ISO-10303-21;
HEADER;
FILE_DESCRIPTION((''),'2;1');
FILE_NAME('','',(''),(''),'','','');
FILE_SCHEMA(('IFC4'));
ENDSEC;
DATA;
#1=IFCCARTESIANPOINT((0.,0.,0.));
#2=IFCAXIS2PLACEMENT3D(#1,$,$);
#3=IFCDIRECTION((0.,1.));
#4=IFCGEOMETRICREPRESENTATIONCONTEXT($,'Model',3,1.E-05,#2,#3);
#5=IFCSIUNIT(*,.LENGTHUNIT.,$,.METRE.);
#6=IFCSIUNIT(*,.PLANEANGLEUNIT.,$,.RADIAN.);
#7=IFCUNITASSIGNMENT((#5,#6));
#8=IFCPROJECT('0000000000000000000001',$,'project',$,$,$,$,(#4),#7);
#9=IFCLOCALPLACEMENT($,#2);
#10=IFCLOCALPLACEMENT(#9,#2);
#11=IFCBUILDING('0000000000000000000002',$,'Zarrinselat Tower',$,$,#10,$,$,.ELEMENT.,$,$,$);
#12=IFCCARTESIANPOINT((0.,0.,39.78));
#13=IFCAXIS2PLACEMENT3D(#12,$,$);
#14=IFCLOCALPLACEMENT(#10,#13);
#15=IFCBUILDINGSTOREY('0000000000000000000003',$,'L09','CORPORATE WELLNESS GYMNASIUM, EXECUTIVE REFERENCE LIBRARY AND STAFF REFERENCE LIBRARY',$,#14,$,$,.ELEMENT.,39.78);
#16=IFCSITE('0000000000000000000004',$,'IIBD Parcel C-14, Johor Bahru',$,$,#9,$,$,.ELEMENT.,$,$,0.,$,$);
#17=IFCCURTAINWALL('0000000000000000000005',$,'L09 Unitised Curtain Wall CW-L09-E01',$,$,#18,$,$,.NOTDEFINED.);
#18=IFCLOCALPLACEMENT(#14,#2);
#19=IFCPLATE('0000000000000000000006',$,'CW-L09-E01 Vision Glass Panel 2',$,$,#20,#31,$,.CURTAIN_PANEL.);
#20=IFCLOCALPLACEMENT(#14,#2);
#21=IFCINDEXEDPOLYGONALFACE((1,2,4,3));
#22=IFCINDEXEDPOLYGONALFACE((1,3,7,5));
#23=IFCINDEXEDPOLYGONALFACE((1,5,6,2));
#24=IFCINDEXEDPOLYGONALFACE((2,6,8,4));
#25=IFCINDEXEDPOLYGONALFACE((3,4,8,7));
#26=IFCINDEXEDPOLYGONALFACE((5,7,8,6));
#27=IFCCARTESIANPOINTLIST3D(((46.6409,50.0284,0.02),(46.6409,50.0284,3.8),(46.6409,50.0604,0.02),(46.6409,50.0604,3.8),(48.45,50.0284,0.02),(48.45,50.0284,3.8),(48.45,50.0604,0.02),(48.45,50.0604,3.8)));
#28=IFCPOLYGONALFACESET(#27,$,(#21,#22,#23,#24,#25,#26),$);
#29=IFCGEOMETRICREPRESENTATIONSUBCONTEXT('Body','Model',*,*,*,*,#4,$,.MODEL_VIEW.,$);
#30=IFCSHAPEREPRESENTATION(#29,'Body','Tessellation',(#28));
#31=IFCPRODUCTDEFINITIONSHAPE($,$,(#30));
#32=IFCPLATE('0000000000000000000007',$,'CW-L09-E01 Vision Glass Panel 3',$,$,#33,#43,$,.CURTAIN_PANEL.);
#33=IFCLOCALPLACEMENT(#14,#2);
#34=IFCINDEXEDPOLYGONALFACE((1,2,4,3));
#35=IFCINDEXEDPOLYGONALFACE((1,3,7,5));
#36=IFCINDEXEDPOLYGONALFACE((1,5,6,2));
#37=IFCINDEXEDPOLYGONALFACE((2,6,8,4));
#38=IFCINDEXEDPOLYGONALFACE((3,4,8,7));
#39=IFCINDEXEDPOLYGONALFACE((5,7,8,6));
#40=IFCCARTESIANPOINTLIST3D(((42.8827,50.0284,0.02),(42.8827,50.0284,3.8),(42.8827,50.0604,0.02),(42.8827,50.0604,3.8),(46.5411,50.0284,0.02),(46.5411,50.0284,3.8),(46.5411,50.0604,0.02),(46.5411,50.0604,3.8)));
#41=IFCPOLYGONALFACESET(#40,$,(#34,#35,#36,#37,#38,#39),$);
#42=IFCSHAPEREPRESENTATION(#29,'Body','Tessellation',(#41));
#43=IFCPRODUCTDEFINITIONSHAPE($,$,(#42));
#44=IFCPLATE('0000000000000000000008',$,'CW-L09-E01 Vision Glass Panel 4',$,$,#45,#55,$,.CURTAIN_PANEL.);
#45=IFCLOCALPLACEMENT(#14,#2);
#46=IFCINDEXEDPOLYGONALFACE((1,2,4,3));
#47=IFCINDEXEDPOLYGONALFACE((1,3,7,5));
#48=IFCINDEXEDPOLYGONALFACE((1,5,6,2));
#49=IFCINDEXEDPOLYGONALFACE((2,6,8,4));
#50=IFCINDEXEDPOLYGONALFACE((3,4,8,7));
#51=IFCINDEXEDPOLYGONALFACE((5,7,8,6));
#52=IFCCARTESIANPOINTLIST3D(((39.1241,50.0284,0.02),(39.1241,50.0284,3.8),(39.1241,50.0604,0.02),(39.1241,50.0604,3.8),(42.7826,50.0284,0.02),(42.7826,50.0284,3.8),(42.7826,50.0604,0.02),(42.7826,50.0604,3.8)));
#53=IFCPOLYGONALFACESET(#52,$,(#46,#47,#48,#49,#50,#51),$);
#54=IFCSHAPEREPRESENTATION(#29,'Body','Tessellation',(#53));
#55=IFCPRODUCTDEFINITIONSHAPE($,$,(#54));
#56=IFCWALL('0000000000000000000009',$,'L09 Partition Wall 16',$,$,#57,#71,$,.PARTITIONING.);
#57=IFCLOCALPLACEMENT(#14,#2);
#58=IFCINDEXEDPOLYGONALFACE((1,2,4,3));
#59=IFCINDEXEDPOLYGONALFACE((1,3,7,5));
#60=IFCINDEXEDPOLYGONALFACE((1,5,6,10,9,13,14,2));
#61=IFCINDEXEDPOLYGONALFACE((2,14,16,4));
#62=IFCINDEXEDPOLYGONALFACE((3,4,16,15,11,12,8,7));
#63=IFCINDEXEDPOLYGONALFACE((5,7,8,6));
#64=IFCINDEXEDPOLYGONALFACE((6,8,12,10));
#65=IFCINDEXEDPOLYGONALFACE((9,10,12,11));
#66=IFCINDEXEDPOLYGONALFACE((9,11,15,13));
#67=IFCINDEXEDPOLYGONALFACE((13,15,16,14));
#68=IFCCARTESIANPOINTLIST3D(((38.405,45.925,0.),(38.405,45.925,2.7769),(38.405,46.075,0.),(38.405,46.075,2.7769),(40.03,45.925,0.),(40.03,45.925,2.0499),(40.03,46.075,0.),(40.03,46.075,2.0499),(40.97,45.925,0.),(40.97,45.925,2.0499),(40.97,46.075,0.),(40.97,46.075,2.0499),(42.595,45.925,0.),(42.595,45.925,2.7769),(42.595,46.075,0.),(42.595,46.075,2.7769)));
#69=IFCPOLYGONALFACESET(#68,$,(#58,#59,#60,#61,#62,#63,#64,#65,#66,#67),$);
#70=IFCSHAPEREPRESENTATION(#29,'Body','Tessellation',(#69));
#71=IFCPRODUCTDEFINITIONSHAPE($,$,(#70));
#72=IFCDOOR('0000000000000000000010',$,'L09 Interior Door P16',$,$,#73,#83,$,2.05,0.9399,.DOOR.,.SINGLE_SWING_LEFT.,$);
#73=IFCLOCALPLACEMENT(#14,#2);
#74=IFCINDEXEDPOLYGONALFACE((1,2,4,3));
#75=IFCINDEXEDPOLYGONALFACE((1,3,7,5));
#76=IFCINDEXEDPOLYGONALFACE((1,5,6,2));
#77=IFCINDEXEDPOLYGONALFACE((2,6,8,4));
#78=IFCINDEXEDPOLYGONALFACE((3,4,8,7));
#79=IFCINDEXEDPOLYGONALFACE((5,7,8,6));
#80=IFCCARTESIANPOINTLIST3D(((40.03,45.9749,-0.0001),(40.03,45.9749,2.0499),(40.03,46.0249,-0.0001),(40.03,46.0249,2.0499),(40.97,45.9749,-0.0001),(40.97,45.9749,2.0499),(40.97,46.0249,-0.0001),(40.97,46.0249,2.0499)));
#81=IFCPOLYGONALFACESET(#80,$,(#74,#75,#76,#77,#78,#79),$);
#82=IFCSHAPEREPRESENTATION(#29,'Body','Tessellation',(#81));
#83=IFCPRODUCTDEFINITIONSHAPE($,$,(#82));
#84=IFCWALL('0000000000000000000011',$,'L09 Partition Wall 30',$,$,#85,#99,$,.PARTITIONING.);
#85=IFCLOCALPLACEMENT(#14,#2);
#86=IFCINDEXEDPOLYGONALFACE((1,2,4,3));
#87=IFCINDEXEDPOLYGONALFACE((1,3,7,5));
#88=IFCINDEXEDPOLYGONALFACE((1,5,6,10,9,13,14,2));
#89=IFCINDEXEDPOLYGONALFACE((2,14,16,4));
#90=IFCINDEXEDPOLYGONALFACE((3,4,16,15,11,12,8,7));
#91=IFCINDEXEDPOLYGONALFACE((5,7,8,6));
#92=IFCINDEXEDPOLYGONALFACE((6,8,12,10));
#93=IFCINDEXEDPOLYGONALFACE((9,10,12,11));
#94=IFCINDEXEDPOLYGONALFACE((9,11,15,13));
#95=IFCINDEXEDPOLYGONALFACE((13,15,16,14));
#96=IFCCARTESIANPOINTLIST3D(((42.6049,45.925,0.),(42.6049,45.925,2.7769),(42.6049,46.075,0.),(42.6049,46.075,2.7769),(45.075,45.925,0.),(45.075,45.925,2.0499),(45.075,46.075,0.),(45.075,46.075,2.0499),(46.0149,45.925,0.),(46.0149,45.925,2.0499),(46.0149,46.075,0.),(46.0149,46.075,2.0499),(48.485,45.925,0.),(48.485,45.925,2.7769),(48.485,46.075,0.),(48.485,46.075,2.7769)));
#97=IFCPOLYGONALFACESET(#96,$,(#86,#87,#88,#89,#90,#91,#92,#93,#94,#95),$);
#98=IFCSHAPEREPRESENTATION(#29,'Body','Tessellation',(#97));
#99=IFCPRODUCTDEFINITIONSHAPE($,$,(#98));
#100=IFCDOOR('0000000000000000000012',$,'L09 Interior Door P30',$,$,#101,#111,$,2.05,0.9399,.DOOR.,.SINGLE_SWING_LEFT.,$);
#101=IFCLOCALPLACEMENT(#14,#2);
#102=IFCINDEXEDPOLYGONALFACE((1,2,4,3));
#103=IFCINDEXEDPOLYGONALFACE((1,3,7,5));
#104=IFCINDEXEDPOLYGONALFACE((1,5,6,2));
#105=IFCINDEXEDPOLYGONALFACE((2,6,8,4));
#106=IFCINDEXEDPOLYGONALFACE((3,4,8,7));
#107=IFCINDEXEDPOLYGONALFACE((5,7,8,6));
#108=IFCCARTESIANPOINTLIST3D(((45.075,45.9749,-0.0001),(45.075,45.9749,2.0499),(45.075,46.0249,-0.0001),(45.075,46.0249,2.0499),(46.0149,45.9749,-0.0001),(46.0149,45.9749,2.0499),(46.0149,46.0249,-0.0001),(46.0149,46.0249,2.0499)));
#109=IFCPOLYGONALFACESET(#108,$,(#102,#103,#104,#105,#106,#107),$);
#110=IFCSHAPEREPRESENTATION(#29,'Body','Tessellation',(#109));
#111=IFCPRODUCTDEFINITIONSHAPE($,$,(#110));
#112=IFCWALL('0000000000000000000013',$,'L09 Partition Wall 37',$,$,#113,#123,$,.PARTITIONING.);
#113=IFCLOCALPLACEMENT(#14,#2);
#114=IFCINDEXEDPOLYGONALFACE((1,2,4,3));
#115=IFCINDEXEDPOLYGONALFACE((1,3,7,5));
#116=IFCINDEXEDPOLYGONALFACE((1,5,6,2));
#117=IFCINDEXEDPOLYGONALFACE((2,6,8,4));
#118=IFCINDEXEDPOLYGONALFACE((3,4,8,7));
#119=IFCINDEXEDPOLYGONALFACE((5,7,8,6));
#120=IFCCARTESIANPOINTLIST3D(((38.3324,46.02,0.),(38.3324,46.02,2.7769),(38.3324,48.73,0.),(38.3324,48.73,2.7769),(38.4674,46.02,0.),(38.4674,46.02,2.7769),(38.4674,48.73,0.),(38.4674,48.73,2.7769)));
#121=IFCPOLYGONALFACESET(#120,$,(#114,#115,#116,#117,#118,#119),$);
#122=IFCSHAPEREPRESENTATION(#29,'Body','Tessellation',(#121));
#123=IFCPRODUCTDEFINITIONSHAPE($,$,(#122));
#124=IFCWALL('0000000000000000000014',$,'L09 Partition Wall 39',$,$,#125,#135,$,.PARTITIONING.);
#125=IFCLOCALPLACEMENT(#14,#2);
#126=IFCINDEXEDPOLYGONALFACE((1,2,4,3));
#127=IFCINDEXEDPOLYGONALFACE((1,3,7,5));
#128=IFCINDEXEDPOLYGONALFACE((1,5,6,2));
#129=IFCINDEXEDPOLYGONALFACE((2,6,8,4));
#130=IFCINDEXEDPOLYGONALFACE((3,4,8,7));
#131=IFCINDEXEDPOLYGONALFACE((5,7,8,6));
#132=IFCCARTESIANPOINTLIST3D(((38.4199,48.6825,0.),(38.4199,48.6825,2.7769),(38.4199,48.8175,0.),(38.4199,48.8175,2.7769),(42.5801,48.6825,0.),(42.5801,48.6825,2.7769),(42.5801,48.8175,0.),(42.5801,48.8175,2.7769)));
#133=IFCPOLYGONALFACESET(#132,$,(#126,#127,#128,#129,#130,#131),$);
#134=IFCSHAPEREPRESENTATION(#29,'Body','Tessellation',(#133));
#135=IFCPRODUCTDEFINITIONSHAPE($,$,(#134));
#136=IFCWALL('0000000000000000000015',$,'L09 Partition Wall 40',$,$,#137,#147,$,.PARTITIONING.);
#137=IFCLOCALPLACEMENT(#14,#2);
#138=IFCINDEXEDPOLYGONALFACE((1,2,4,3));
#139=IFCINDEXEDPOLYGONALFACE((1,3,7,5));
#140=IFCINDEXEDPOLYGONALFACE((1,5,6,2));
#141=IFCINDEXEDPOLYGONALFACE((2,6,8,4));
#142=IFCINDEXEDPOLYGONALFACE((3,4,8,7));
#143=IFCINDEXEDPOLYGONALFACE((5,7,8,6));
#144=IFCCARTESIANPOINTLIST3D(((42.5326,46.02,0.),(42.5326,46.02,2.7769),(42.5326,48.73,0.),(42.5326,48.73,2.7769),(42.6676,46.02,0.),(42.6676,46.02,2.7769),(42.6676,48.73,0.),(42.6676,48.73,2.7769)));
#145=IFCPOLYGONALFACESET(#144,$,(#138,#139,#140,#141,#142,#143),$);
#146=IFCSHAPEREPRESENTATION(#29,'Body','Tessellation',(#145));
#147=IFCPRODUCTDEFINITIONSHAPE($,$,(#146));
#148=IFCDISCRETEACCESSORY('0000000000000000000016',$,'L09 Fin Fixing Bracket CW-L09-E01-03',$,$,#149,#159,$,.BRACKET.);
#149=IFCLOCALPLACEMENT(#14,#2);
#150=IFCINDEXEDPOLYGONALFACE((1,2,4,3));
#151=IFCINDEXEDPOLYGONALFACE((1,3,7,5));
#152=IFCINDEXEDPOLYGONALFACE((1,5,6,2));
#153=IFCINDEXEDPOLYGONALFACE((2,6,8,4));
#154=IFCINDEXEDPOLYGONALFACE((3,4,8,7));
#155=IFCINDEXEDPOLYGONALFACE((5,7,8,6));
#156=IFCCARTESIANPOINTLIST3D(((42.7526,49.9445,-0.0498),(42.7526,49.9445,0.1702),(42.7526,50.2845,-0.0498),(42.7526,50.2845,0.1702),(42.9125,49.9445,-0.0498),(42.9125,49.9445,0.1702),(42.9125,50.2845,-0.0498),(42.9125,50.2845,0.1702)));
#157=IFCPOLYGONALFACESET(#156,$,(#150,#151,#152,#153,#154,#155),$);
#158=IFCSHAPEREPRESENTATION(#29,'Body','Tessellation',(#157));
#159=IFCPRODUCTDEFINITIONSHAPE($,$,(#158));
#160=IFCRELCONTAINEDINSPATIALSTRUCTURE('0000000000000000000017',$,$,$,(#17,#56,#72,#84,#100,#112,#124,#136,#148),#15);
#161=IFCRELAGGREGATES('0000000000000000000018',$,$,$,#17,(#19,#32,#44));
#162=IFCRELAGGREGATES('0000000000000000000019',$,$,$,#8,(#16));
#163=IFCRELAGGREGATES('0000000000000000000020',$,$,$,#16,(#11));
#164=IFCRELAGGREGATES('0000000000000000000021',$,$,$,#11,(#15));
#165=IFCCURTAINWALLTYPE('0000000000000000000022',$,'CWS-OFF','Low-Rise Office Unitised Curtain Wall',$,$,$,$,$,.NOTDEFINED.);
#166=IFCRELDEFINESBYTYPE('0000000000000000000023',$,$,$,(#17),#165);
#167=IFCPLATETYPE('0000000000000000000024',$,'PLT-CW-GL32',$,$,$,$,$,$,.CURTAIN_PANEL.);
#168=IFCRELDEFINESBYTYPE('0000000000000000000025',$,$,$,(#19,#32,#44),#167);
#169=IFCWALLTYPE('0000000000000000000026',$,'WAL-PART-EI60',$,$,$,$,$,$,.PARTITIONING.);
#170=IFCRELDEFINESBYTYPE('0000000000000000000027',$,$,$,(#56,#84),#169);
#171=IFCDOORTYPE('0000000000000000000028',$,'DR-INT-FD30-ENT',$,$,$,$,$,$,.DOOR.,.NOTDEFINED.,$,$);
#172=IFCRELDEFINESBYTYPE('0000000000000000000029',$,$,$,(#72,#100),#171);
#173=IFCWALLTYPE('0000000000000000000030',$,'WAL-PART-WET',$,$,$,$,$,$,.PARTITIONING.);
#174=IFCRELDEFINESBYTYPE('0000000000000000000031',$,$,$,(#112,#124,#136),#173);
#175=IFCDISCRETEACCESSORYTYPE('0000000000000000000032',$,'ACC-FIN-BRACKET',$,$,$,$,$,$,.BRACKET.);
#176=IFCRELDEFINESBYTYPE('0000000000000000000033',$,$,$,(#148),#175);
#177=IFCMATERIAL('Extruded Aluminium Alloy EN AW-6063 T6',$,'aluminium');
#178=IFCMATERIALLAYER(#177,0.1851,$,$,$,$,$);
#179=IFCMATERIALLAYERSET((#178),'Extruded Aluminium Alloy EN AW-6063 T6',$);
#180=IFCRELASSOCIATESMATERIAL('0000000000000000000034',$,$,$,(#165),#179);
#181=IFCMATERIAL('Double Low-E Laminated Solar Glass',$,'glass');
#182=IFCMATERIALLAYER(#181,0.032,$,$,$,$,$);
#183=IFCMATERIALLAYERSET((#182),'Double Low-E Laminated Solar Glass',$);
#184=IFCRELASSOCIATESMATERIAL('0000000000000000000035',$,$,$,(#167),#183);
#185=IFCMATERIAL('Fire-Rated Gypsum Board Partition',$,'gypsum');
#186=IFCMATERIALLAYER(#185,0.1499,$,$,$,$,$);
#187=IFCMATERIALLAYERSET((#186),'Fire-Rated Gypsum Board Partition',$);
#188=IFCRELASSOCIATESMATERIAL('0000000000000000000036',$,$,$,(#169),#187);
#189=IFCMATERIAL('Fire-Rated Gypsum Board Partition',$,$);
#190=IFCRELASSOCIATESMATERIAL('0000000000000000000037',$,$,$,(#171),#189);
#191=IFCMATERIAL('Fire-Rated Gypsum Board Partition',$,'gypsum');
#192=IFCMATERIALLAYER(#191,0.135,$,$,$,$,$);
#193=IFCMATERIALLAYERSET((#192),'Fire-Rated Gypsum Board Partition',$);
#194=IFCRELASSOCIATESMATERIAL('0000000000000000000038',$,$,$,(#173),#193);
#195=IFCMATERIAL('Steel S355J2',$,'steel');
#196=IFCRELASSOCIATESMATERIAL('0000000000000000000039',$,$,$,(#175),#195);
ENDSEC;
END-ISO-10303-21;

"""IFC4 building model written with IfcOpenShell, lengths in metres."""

from ifc_helpers import new_model, si_unit, direction, frame, frame_2d, origin, origin_2d, place, context, subcontext, project, spatial, rectangle, extrude, material, layer, layer_set, type_object, element, fill, aggregate, save


model = new_model("IFC4")

# Units and contexts
model_context = context("Model", 3, precision=1e-05, world=origin(), true_north=direction((0.0, 1.0)))
body_context = subcontext(model_context, "Body", "Model", "MODEL_VIEW")
ifc_project = project(units=[si_unit("LENGTHUNIT", "METRE"), si_unit("PLANEANGLEUNIT", "RADIAN")], contexts=[model_context])

# Site, building, storey
site_placement = place(None, origin())
site = spatial("IfcSite", under=ifc_project, at=site_placement, Name="IIBD Parcel C-14, Johor Bahru", CompositionType="ELEMENT", RefElevation=0.0)
building_placement = place(site_placement, origin())
building = spatial("IfcBuilding", under=site, at=building_placement, Name="Zarrinselat Tower", CompositionType="ELEMENT")
storey_placement = place(building_placement, frame((0.0, 0.0, 39.78)))
storey = spatial("IfcBuildingStorey", under=building, at=storey_placement, Name="L09", Description="CORPORATE WELLNESS GYMNASIUM, EXECUTIVE REFERENCE LIBRARY AND STAFF REFERENCE LIBRARY", CompositionType="ELEMENT", Elevation=39.78)

# Curtain wall, plates
ifc_material_1 = material(Name="Extruded Aluminium Alloy EN AW-6063 T6", Category="aluminium")
ifc_layer_1 = layer(ifc_material_1, 0.1851)
ifc_layer_set_1 = layer_set([ifc_layer_1], Name="Extruded Aluminium Alloy EN AW-6063 T6")
curtain_wall_type = type_object("IfcCurtainWallType", Name="CWS-OFF", Description="Low-Rise Office Unitised Curtain Wall", PredefinedType="NOTDEFINED", material=ifc_layer_set_1)
curtain_wall_placement = place(storey_placement, origin())
curtain_wall = element("IfcCurtainWall", 1, at=curtain_wall_placement, inside=storey, type_object=curtain_wall_type, Name="L09 Unitised Curtain Wall CW-L09-E01", PredefinedType="NOTDEFINED")
ifc_material_2 = material(Name="Double Low-E Laminated Solar Glass", Category="glass")
ifc_layer_2 = layer(ifc_material_2, 0.032)
ifc_layer_set_2 = layer_set([ifc_layer_2], Name="Double Low-E Laminated Solar Glass")
plate_type = type_object("IfcPlateType", Name="PLT-CW-GL32", PredefinedType="CURTAIN_PANEL", material=ifc_layer_set_2)
plate_1_placement = place(storey_placement, frame((47.5454, 50.0444, 0.02), z_axis=(0.0, 0.0, 1.0), x_axis=(-1.0, 0.0, 0.0)))
plate_1 = element("IfcPlate", 2, at=plate_1_placement, type_object=plate_type, Name="CW-L09-E01 Vision Glass Panel 2", PredefinedType="CURTAIN_PANEL", context=body_context, shape_type="SweptSolid", body=[
    extrude(rectangle(XDim=1.8091, YDim=0.032, at=origin_2d()), origin(), (0.0, 0.0, 1.0), 3.78),
])
plate_2_placement = place(storey_placement, frame((44.7119, 50.0444, 0.02), z_axis=(0.0, 0.0, 1.0), x_axis=(-1.0, 0.0, 0.0)))
plate_2 = element("IfcPlate", 3, at=plate_2_placement, type_object=plate_type, Name="CW-L09-E01 Vision Glass Panel 3", PredefinedType="CURTAIN_PANEL", context=body_context, shape_type="SweptSolid", body=[
    extrude(rectangle(XDim=3.6584, YDim=0.032, at=origin_2d()), origin(), (0.0, 0.0, 1.0), 3.78),
])
plate_3_placement = place(storey_placement, frame((40.9534, 50.0444, 0.02), z_axis=(0.0, 0.0, 1.0), x_axis=(-1.0, 0.0, 0.0)))
plate_3 = element("IfcPlate", 4, at=plate_3_placement, type_object=plate_type, Name="CW-L09-E01 Vision Glass Panel 4", PredefinedType="CURTAIN_PANEL", context=body_context, shape_type="SweptSolid", body=[
    extrude(rectangle(XDim=3.6584, YDim=0.032, at=origin_2d()), origin(), (0.0, 0.0, 1.0), 3.78),
])
aggregate(curtain_wall, [plate_1, plate_2, plate_3])

# Walls, openings, doors
ifc_material_3 = material(Name="Fire-Rated Gypsum Board Partition", Category="gypsum")
ifc_layer_3 = layer(ifc_material_3, 0.1499)
ifc_layer_set_3 = layer_set([ifc_layer_3], Name="Fire-Rated Gypsum Board Partition")
wall_type_1 = type_object("IfcWallType", Name="WAL-PART-EI60", PredefinedType="PARTITIONING", material=ifc_layer_set_3)
wall_1_placement = place(storey_placement, frame((38.405, 46.0, 0.0), z_axis=(0.0, 0.0, 1.0), x_axis=(1.0, 0.0, 0.0)))
wall_1 = element("IfcWall", 5, at=wall_1_placement, inside=storey, type_object=wall_type_1, Name="L09 Partition Wall 16", PredefinedType="PARTITIONING", context=body_context, shape_type="SweptSolid", body=[
    extrude(rectangle(XDim=4.1899, YDim=0.1499, at=frame_2d((2.095, 0.0))), origin(), (0.0, 0.0, 1.0), 2.7769),
])
opening_1_placement = place(wall_1_placement, frame((1.625, 0.0, 0.0)))
opening_1 = element("IfcOpeningElement", 6, at=opening_1_placement, cuts=wall_1, PredefinedType="OPENING", context=body_context, shape_type="SweptSolid", body=[
    extrude(rectangle(XDim=0.9399, YDim=2.05, at=frame_2d((0.47, 1.0249))), frame((0.0, 0.085, 0.0), z_axis=(0.0, -1.0, 0.0), x_axis=(1.0, 0.0, 0.0)), (0.0, 0.0, 1.0), 0.1699),
])
ifc_material_4 = material(Name="Fire-Rated Gypsum Board Partition")
door_type = type_object("IfcDoorType", Name="DR-INT-FD30-ENT", OperationType="NOTDEFINED", PredefinedType="DOOR", material=ifc_material_4)
door_1_placement = place(opening_1_placement, origin())
door_1 = element("IfcDoor", 7, at=door_1_placement, inside=storey, type_object=door_type, Name="L09 Interior Door P16", OperationType="SINGLE_SWING_LEFT", OverallHeight=2.05, OverallWidth=0.9399, PredefinedType="DOOR", context=body_context, shape_type="SweptSolid", body=[
    extrude(rectangle(XDim=0.9399, YDim=2.05, at=frame_2d((0.47, 1.0249))), frame((0.0, 0.0249, 0.0), z_axis=(0.0, -1.0, 0.0), x_axis=(1.0, 0.0, 0.0)), (0.0, 0.0, 1.0), 0.05),
])
fill(opening_1, door_1)
wall_2_placement = place(storey_placement, frame((42.605, 46.0, 0.0), z_axis=(0.0, 0.0, 1.0), x_axis=(1.0, 0.0, 0.0)))
wall_2 = element("IfcWall", 8, at=wall_2_placement, inside=storey, type_object=wall_type_1, Name="L09 Partition Wall 30", PredefinedType="PARTITIONING", context=body_context, shape_type="SweptSolid", body=[
    extrude(rectangle(XDim=5.8801, YDim=0.1499, at=frame_2d((2.9399, 0.0))), origin(), (0.0, 0.0, 1.0), 2.7769),
])
opening_2_placement = place(wall_2_placement, frame((2.47, 0.0, 0.0)))
opening_2 = element("IfcOpeningElement", 9, at=opening_2_placement, cuts=wall_2, PredefinedType="OPENING", context=body_context, shape_type="SweptSolid", body=[
    extrude(rectangle(XDim=0.9399, YDim=2.05, at=frame_2d((0.47, 1.0249))), frame((0.0, 0.085, 0.0), z_axis=(0.0, -1.0, 0.0), x_axis=(1.0, 0.0, 0.0)), (0.0, 0.0, 1.0), 0.1699),
])
door_2_placement = place(opening_2_placement, origin())
door_2 = element("IfcDoor", 10, at=door_2_placement, inside=storey, type_object=door_type, Name="L09 Interior Door P30", OperationType="SINGLE_SWING_LEFT", OverallHeight=2.05, OverallWidth=0.9399, PredefinedType="DOOR", context=body_context, shape_type="SweptSolid", body=[
    extrude(rectangle(XDim=0.9399, YDim=2.05, at=frame_2d((0.47, 1.0249))), frame((0.0, 0.0249, 0.0), z_axis=(0.0, -1.0, 0.0), x_axis=(1.0, 0.0, 0.0)), (0.0, 0.0, 1.0), 0.05),
])
fill(opening_2, door_2)

# Walls
ifc_material_5 = material(Name="Fire-Rated Gypsum Board Partition", Category="gypsum")
ifc_layer_4 = layer(ifc_material_5, 0.135)
ifc_layer_set_4 = layer_set([ifc_layer_4], Name="Fire-Rated Gypsum Board Partition")
wall_type_2 = type_object("IfcWallType", Name="WAL-PART-WET", PredefinedType="PARTITIONING", material=ifc_layer_set_4)
wall_3_placement = place(storey_placement, frame((38.3999, 46.02, 0.0), z_axis=(0.0, 0.0, 1.0), x_axis=(0.0, 1.0, 0.0)))
element("IfcWall", 11, at=wall_3_placement, inside=storey, type_object=wall_type_2, Name="L09 Partition Wall 37", PredefinedType="PARTITIONING", context=body_context, shape_type="SweptSolid", body=[
    extrude(rectangle(XDim=2.71, YDim=0.135, at=frame_2d((1.355, 0.0))), origin(), (0.0, 0.0, 1.0), 2.7769),
])
wall_4_placement = place(storey_placement, frame((38.4199, 48.75, 0.0), z_axis=(0.0, 0.0, 1.0), x_axis=(1.0, 0.0, 0.0)))
element("IfcWall", 12, at=wall_4_placement, inside=storey, type_object=wall_type_2, Name="L09 Partition Wall 39", PredefinedType="PARTITIONING", context=body_context, shape_type="SweptSolid", body=[
    extrude(rectangle(XDim=4.1602, YDim=0.135, at=frame_2d((2.0801, 0.0))), origin(), (0.0, 0.0, 1.0), 2.7769),
])
wall_5_placement = place(storey_placement, frame((42.6001, 46.02, 0.0), z_axis=(0.0, 0.0, 1.0), x_axis=(0.0, 1.0, 0.0)))
element("IfcWall", 13, at=wall_5_placement, inside=storey, type_object=wall_type_2, Name="L09 Partition Wall 40", PredefinedType="PARTITIONING", context=body_context, shape_type="SweptSolid", body=[
    extrude(rectangle(XDim=2.71, YDim=0.135, at=frame_2d((1.355, 0.0))), origin(), (0.0, 0.0, 1.0), 2.7769),
])

# Discrete accessory
ifc_material_6 = material(Name="Steel S355J2", Category="steel")
discrete_accessory_type = type_object("IfcDiscreteAccessoryType", Name="ACC-FIN-BRACKET", PredefinedType="BRACKET", material=ifc_material_6)
discrete_accessory_placement = place(storey_placement, frame((42.8325, 50.1145, -0.0498), z_axis=(0.0, 0.0, 1.0), x_axis=(0.0, 1.0, 0.0)))
element("IfcDiscreteAccessory", 14, at=discrete_accessory_placement, inside=storey, type_object=discrete_accessory_type, Name="L09 Fin Fixing Bracket CW-L09-E01-03", PredefinedType="BRACKET", context=body_context, shape_type="SweptSolid", body=[
    extrude(rectangle(XDim=0.3401, YDim=0.1599, at=origin_2d()), origin(), (0.0, 0.0, 1.0), 0.22),
])

save(model, "model.ifc")
